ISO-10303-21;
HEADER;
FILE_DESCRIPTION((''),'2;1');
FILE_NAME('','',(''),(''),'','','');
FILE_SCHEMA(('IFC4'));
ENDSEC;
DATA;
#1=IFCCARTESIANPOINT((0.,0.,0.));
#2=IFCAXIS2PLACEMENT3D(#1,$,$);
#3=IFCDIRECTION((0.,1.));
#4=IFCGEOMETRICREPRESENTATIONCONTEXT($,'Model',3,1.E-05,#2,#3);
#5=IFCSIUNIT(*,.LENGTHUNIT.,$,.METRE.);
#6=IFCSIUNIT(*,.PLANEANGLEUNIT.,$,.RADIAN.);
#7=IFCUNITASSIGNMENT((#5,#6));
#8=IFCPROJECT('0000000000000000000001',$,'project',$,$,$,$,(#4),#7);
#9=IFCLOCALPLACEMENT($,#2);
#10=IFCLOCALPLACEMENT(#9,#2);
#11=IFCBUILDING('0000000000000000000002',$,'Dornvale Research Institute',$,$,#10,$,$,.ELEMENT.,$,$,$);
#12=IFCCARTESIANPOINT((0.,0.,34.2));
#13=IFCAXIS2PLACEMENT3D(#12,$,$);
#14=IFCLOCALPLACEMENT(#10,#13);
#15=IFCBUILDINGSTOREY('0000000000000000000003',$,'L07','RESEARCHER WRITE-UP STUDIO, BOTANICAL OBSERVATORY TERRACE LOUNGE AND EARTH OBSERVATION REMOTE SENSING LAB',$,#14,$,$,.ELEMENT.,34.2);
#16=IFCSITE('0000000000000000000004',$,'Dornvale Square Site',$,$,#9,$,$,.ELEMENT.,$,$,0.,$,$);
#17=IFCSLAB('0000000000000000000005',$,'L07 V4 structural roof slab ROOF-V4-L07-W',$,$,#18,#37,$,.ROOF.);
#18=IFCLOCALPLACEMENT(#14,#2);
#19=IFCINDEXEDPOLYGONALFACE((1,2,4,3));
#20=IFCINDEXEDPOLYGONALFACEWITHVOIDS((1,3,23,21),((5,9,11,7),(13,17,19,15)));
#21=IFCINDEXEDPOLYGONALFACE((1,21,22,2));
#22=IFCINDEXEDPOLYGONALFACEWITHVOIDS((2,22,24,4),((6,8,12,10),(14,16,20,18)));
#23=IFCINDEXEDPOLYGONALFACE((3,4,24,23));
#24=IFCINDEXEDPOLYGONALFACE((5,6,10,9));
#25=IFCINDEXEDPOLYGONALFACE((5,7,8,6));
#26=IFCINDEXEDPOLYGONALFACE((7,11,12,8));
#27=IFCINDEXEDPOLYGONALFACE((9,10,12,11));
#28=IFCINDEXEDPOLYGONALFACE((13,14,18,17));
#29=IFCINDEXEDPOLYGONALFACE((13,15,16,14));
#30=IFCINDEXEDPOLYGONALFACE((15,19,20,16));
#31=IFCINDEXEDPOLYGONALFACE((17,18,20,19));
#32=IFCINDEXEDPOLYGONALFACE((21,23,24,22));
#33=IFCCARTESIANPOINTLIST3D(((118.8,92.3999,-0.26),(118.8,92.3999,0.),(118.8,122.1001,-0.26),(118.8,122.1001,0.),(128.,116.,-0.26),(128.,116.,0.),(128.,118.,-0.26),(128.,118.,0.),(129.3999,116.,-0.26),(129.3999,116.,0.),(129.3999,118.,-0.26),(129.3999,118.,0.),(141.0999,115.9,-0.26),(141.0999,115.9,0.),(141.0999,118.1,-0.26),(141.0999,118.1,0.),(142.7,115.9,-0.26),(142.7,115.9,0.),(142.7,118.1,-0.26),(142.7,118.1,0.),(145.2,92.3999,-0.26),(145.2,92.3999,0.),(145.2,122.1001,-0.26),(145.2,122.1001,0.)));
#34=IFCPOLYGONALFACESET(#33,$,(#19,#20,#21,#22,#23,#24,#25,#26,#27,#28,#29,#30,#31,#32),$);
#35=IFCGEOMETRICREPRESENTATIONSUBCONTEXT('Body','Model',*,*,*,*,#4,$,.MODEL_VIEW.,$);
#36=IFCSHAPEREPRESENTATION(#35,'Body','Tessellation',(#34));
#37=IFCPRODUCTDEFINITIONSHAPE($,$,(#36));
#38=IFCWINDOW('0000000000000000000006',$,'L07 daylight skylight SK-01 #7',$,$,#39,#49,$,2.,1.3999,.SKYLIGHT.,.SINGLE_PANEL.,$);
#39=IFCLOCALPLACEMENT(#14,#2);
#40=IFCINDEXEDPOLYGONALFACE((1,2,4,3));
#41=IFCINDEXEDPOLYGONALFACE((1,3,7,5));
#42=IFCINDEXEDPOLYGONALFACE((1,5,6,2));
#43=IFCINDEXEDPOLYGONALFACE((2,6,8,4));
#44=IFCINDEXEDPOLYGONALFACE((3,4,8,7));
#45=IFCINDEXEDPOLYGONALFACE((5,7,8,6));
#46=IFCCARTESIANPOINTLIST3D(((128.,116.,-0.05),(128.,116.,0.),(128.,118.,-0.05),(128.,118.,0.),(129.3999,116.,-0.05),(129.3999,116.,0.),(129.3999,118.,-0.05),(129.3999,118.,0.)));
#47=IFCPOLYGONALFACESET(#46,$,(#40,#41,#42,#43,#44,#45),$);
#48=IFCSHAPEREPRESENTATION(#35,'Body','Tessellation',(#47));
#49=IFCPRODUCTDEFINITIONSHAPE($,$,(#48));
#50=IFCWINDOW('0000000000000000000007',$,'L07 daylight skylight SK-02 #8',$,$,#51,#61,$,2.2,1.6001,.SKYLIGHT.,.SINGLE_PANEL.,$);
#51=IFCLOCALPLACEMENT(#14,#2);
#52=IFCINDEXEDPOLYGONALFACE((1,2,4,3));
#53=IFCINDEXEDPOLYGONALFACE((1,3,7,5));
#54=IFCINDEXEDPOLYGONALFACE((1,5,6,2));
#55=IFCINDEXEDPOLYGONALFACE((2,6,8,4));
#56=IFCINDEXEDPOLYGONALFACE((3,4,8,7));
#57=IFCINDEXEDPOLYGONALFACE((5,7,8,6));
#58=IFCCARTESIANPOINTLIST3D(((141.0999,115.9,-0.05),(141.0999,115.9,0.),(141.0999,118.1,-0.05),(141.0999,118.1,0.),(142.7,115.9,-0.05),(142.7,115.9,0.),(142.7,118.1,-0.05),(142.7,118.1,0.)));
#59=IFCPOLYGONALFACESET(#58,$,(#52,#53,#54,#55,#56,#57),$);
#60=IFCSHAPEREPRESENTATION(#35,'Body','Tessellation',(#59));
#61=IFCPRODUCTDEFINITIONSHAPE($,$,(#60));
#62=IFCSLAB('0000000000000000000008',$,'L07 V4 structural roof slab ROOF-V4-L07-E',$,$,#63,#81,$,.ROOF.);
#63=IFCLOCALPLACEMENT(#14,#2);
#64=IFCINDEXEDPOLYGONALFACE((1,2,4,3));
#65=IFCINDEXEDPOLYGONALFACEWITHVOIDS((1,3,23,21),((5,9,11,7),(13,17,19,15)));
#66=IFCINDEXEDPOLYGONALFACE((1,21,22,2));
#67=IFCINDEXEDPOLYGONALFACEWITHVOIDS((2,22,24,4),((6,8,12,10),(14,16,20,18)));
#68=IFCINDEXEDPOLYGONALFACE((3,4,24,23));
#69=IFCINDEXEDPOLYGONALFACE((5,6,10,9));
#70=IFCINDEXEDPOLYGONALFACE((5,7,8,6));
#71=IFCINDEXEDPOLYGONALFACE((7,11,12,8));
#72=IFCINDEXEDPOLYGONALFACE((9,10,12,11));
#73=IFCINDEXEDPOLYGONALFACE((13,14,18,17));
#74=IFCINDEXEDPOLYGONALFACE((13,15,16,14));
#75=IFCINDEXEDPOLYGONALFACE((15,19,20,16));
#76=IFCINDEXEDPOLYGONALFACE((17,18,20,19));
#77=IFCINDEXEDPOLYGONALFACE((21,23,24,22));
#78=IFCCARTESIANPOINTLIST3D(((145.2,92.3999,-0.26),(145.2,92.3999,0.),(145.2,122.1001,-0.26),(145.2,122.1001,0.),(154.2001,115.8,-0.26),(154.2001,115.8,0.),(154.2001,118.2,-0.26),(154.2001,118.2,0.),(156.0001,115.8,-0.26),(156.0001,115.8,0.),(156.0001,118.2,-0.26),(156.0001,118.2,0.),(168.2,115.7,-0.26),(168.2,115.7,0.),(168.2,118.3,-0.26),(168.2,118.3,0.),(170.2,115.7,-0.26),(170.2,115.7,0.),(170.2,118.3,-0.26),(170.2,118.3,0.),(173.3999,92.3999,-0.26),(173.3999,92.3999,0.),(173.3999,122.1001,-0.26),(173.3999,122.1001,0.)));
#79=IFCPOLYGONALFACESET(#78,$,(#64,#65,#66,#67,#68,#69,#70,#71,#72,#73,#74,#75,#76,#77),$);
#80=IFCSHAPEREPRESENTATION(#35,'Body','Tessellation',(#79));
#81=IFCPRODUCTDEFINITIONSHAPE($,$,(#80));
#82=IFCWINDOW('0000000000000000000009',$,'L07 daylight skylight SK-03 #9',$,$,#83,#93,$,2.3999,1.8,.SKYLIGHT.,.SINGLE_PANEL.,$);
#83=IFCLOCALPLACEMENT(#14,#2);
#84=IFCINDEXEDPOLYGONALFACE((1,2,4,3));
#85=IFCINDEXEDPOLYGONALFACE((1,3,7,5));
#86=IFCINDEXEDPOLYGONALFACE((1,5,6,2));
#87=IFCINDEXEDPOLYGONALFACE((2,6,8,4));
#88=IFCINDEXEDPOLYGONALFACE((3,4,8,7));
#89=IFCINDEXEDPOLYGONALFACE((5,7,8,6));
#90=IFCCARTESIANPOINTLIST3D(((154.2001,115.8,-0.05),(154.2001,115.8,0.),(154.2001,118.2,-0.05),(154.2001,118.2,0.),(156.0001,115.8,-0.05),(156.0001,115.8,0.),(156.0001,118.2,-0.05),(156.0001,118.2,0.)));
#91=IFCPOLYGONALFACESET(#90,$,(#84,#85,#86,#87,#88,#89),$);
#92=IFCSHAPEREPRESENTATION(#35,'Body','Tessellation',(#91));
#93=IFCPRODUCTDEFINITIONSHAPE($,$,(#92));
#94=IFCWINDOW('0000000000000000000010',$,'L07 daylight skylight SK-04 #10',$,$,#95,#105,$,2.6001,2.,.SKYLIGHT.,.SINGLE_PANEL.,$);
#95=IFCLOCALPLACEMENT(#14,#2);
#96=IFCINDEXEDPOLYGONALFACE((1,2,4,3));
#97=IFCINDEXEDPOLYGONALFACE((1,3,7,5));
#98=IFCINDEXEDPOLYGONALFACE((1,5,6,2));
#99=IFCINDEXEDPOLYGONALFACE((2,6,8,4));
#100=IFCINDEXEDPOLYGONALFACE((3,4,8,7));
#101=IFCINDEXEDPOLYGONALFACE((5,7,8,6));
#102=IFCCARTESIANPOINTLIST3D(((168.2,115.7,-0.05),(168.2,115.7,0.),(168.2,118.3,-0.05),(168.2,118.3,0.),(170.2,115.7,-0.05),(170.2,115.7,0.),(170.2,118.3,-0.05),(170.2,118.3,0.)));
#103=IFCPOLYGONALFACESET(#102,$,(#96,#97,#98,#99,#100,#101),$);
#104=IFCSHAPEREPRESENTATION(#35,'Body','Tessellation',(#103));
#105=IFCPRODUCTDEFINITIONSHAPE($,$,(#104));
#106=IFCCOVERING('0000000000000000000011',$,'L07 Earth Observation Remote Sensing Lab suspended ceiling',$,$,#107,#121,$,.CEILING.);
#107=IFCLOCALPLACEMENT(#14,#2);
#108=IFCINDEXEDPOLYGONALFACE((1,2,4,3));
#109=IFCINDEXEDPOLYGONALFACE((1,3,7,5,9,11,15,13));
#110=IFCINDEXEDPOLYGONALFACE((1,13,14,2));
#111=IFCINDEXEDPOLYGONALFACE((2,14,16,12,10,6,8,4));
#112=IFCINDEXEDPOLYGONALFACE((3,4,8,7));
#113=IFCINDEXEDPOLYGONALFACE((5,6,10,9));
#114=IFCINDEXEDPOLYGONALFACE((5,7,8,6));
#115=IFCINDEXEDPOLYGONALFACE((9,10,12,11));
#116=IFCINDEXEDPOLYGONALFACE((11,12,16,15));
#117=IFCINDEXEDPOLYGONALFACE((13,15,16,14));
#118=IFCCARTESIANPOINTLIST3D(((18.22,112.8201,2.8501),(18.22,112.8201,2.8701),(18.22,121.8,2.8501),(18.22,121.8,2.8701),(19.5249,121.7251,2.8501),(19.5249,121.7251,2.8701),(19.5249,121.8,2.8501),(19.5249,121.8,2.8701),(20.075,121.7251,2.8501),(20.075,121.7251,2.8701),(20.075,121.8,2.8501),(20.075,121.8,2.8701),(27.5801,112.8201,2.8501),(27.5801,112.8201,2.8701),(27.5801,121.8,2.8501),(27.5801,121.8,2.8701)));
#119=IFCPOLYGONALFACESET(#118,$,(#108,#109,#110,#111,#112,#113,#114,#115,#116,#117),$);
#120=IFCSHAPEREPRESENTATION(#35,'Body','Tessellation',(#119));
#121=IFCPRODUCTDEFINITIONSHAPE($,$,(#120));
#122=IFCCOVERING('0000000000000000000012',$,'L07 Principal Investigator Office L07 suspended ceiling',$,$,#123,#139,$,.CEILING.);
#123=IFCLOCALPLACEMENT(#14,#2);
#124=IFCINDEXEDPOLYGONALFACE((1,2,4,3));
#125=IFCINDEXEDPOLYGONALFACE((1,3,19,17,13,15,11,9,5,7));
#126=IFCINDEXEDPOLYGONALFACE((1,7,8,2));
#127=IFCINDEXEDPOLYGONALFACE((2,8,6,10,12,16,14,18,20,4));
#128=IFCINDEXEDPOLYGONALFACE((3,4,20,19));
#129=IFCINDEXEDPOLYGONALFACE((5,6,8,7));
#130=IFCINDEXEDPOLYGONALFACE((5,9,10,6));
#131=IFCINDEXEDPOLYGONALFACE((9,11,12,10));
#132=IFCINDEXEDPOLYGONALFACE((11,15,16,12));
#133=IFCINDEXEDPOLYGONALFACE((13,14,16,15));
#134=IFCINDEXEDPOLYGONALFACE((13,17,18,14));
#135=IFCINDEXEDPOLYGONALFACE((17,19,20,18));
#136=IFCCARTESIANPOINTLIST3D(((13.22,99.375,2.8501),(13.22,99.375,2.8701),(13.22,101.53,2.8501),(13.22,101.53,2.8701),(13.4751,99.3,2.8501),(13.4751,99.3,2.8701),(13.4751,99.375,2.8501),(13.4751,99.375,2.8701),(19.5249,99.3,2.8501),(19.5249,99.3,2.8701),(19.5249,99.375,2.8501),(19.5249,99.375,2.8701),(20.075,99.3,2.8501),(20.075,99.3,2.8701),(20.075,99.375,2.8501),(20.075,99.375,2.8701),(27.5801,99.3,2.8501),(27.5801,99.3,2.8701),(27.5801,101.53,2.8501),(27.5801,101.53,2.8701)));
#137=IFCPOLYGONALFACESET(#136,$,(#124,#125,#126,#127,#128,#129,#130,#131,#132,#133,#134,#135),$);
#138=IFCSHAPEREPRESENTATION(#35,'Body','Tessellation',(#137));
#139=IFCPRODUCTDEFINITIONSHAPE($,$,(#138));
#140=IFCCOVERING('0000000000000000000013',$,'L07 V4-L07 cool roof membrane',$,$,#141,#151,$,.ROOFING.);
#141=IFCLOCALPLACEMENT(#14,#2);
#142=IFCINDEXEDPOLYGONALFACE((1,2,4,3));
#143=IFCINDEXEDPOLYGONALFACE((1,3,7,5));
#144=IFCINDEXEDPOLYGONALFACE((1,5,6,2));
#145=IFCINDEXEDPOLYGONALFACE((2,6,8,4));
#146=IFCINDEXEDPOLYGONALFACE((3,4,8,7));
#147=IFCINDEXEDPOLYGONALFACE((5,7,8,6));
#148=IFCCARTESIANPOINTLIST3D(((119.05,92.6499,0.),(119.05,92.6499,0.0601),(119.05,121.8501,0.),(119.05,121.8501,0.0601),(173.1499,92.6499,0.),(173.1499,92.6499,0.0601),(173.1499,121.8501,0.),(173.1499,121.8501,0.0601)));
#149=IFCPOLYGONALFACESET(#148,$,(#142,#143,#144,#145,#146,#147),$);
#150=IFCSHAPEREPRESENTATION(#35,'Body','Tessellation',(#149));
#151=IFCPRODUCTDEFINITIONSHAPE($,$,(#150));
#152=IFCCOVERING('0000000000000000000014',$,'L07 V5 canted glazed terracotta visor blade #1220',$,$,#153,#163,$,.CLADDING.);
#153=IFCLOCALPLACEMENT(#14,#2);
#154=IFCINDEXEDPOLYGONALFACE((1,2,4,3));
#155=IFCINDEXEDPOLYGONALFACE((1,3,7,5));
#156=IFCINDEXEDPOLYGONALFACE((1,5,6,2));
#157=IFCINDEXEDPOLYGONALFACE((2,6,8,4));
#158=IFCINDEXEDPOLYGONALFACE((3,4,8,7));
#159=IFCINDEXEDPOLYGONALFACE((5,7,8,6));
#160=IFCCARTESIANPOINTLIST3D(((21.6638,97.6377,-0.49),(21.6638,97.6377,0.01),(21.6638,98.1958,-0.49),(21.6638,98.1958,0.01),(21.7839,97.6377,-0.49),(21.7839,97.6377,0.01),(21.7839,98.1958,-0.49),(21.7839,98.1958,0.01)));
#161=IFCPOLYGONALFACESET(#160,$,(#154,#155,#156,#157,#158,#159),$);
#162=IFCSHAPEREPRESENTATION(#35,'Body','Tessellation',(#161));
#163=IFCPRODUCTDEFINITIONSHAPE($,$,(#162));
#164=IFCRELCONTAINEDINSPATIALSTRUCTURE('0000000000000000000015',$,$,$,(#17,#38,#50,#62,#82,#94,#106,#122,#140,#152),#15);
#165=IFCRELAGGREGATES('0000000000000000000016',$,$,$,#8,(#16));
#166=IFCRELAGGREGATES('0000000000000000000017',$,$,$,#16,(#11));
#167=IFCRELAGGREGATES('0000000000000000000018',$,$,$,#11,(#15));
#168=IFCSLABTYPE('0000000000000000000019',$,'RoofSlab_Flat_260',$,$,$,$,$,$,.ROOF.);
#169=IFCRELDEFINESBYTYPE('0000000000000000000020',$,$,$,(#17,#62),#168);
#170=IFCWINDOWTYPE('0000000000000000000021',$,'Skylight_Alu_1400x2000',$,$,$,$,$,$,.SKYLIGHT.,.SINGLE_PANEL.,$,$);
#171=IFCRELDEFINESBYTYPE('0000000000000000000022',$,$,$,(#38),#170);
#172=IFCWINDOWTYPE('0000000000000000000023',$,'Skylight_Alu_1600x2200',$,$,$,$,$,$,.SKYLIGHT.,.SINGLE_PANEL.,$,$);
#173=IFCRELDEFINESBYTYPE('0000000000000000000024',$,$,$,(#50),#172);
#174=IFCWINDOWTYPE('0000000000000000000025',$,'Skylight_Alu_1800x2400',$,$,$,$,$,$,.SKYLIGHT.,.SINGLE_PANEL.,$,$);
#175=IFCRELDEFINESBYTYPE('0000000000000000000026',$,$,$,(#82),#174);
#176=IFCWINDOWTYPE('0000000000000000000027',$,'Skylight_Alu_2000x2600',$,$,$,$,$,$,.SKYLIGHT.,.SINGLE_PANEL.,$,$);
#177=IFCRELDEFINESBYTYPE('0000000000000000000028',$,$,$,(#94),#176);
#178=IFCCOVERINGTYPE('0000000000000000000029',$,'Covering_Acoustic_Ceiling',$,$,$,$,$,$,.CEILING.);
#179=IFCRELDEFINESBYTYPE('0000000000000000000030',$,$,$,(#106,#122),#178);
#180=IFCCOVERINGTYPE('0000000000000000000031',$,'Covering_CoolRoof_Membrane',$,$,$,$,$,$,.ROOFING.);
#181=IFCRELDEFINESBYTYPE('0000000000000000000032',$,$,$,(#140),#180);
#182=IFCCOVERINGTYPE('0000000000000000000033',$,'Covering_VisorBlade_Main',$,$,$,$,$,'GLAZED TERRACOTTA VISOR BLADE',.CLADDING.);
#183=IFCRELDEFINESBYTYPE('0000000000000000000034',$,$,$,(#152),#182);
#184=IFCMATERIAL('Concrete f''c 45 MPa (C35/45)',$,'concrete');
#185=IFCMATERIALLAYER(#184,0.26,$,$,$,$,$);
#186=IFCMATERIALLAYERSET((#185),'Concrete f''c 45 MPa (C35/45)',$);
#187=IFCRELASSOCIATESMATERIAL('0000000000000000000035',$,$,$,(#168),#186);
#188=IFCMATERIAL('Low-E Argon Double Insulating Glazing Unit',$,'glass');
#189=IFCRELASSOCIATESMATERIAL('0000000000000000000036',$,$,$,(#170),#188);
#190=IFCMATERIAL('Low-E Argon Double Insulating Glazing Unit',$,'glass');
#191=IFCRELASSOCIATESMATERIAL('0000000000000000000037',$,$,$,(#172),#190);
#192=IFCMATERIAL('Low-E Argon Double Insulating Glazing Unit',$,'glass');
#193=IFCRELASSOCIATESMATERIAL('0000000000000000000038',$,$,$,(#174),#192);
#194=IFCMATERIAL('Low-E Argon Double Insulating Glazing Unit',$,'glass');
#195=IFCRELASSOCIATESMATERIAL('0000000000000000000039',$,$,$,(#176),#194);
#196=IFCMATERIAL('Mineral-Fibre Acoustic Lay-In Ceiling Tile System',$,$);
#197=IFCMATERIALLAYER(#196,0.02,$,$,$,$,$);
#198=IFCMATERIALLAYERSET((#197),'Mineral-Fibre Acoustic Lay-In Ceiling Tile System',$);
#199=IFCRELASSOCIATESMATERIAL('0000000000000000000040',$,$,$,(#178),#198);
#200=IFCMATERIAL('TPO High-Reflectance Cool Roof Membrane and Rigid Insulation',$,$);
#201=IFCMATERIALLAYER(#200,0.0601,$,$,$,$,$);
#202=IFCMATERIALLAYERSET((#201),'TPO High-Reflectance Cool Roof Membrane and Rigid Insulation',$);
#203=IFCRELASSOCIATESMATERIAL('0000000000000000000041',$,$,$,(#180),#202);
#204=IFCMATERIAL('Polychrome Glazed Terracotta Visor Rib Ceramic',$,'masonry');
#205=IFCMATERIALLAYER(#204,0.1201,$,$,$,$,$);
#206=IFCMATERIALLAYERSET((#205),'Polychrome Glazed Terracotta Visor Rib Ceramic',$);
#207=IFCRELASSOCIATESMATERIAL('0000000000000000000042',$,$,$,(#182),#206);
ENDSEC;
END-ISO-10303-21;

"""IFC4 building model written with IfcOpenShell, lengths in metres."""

from ifc_helpers import new_model, si_unit, direction, frame, origin, origin_2d, place, context, subcontext, project, spatial, polyline, rectangle, outline, extrude, material, layer, layer_set, type_object, element, fill, save


model = new_model("IFC4")

# Units and contexts
model_context = context("Model", 3, precision=1e-05, world=origin(), true_north=direction((0.0, 1.0)))
body_context = subcontext(model_context, "Body", "Model", "MODEL_VIEW")
ifc_project = project(units=[si_unit("LENGTHUNIT", "METRE"), si_unit("PLANEANGLEUNIT", "RADIAN")], contexts=[model_context])

# Site, building, storey
site_placement = place(None, origin())
site = spatial("IfcSite", under=ifc_project, at=site_placement, Name="Dornvale Square Site", CompositionType="ELEMENT", RefElevation=0.0)
building_placement = place(site_placement, origin())
building = spatial("IfcBuilding", under=site, at=building_placement, Name="Dornvale Research Institute", CompositionType="ELEMENT")
storey_placement = place(building_placement, frame((0.0, 0.0, 34.2)))
storey = spatial("IfcBuildingStorey", under=building, at=storey_placement, Name="L07", Description="RESEARCHER WRITE-UP STUDIO, BOTANICAL OBSERVATORY TERRACE LOUNGE AND EARTH OBSERVATION REMOTE SENSING LAB", CompositionType="ELEMENT", Elevation=34.2)

# Slabs, openings, windows
ifc_material_1 = material(Name="Concrete f'c 45 MPa (C35/45)", Category="concrete")
ifc_layer_1 = layer(ifc_material_1, 0.26)
ifc_layer_set_1 = layer_set([ifc_layer_1], Name="Concrete f'c 45 MPa (C35/45)")
slab_type_1 = type_object("IfcSlabType", Name="RoofSlab_Flat_260", PredefinedType="ROOF", material=ifc_layer_set_1)
slab_1_placement = place(storey_placement, frame((0.0, 0.0, -0.26)))
slab_1 = element("IfcSlab", 1, at=slab_1_placement, inside=storey, type_object=slab_type_1, Name="L07 V4 structural roof slab ROOF-V4-L07-W", PredefinedType="ROOF", context=body_context, shape_type="SweptSolid", body=[
    extrude(outline(polyline([(118.8, 92.3999), (145.2, 92.3999), (145.2, 122.1001), (118.8, 122.1001), (118.8, 92.3999)])), origin(), (0.0, 0.0, 1.0), 0.26),
])
opening_1_placement = place(slab_1_placement, frame((128.7, 117.0, 0.0)))
opening_1 = element("IfcOpeningElement", 2, at=opening_1_placement, cuts=slab_1, PredefinedType="OPENING", context=body_context, shape_type="SweptSolid", body=[
    extrude(rectangle(XDim=1.3999, YDim=2.0, at=origin_2d()), origin(), (0.0, 0.0, 1.0), 0.26),
])
opening_2_placement = place(slab_1_placement, frame((141.8999, 117.0, 0.0)))
opening_2 = element("IfcOpeningElement", 3, at=opening_2_placement, cuts=slab_1, PredefinedType="OPENING", context=body_context, shape_type="SweptSolid", body=[
    extrude(rectangle(XDim=1.6001, YDim=2.2, at=origin_2d()), origin(), (0.0, 0.0, 1.0), 0.26),
])
ifc_material_2 = material(Name="Low-E Argon Double Insulating Glazing Unit", Category="glass")
window_type_1 = type_object("IfcWindowType", Name="Skylight_Alu_1400x2000", PartitioningType="SINGLE_PANEL", PredefinedType="SKYLIGHT", material=ifc_material_2)
window_1_placement = place(opening_1_placement, frame((0.0, 0.0, 0.21)))
window_1 = element("IfcWindow", 4, at=window_1_placement, inside=storey, type_object=window_type_1, Name="L07 daylight skylight SK-01 #7", OverallHeight=2.0, OverallWidth=1.3999, PartitioningType="SINGLE_PANEL", PredefinedType="SKYLIGHT", context=body_context, shape_type="SweptSolid", body=[
    extrude(rectangle(XDim=1.3999, YDim=2.0, at=origin_2d()), origin(), (0.0, 0.0, 1.0), 0.05),
])
fill(opening_1, window_1)
ifc_material_3 = material(Name="Low-E Argon Double Insulating Glazing Unit", Category="glass")
window_type_2 = type_object("IfcWindowType", Name="Skylight_Alu_1600x2200", PartitioningType="SINGLE_PANEL", PredefinedType="SKYLIGHT", material=ifc_material_3)
window_2_placement = place(opening_2_placement, frame((0.0, 0.0, 0.21)))
window_2 = element("IfcWindow", 5, at=window_2_placement, inside=storey, type_object=window_type_2, Name="L07 daylight skylight SK-02 #8", OverallHeight=2.2, OverallWidth=1.6001, PartitioningType="SINGLE_PANEL", PredefinedType="SKYLIGHT", context=body_context, shape_type="SweptSolid", body=[
    extrude(rectangle(XDim=1.6001, YDim=2.2, at=origin_2d()), origin(), (0.0, 0.0, 1.0), 0.05),
])
fill(opening_2, window_2)
slab_2_placement = place(storey_placement, frame((0.0, 0.0, -0.26)))
slab_2 = element("IfcSlab", 6, at=slab_2_placement, inside=storey, type_object=slab_type_1, Name="L07 V4 structural roof slab ROOF-V4-L07-E", PredefinedType="ROOF", context=body_context, shape_type="SweptSolid", body=[
    extrude(outline(polyline([(145.2, 92.3999), (173.3999, 92.3999), (173.3999, 122.1001), (145.2, 122.1001), (145.2, 92.3999)])), origin(), (0.0, 0.0, 1.0), 0.26),
])
opening_3_placement = place(slab_2_placement, frame((155.1001, 117.0, 0.0)))
opening_3 = element("IfcOpeningElement", 7, at=opening_3_placement, cuts=slab_2, PredefinedType="OPENING", context=body_context, shape_type="SweptSolid", body=[
    extrude(rectangle(XDim=1.8, YDim=2.3999, at=origin_2d()), origin(), (0.0, 0.0, 1.0), 0.26),
])
opening_4_placement = place(slab_2_placement, frame((169.2, 117.0, 0.0)))
opening_4 = element("IfcOpeningElement", 8, at=opening_4_placement, cuts=slab_2, PredefinedType="OPENING", context=body_context, shape_type="SweptSolid", body=[
    extrude(rectangle(XDim=2.0, YDim=2.6001, at=origin_2d()), origin(), (0.0, 0.0, 1.0), 0.26),
])
ifc_material_4 = material(Name="Low-E Argon Double Insulating Glazing Unit", Category="glass")
window_type_3 = type_object("IfcWindowType", Name="Skylight_Alu_1800x2400", PartitioningType="SINGLE_PANEL", PredefinedType="SKYLIGHT", material=ifc_material_4)
window_3_placement = place(opening_3_placement, frame((0.0, 0.0, 0.21)))
window_3 = element("IfcWindow", 9, at=window_3_placement, inside=storey, type_object=window_type_3, Name="L07 daylight skylight SK-03 #9", OverallHeight=2.3999, OverallWidth=1.8, PartitioningType="SINGLE_PANEL", PredefinedType="SKYLIGHT", context=body_context, shape_type="SweptSolid", body=[
    extrude(rectangle(XDim=1.8, YDim=2.3999, at=origin_2d()), origin(), (0.0, 0.0, 1.0), 0.05),
])
fill(opening_3, window_3)
ifc_material_5 = material(Name="Low-E Argon Double Insulating Glazing Unit", Category="glass")
window_type_4 = type_object("IfcWindowType", Name="Skylight_Alu_2000x2600", PartitioningType="SINGLE_PANEL", PredefinedType="SKYLIGHT", material=ifc_material_5)
window_4_placement = place(opening_4_placement, frame((0.0, 0.0, 0.21)))
window_4 = element("IfcWindow", 10, at=window_4_placement, inside=storey, type_object=window_type_4, Name="L07 daylight skylight SK-04 #10", OverallHeight=2.6001, OverallWidth=2.0, PartitioningType="SINGLE_PANEL", PredefinedType="SKYLIGHT", context=body_context, shape_type="SweptSolid", body=[
    extrude(rectangle(XDim=2.0, YDim=2.6001, at=origin_2d()), origin(), (0.0, 0.0, 1.0), 0.05),
])
fill(opening_4, window_4)

# Coverings
ifc_material_6 = material(Name="Mineral-Fibre Acoustic Lay-In Ceiling Tile System")
ifc_layer_2 = layer(ifc_material_6, 0.02)
ifc_layer_set_2 = layer_set([ifc_layer_2], Name="Mineral-Fibre Acoustic Lay-In Ceiling Tile System")
covering_type_1 = type_object("IfcCoveringType", Name="Covering_Acoustic_Ceiling", PredefinedType="CEILING", material=ifc_layer_set_2)
covering_1_placement = place(storey_placement, frame((0.0, 0.0, 2.8501)))
element("IfcCovering", 11, at=covering_1_placement, inside=storey, type_object=covering_type_1, Name="L07 Earth Observation Remote Sensing Lab suspended ceiling", PredefinedType="CEILING", context=body_context, shape_type="SweptSolid", body=[
    extrude(outline(polyline([(27.5801, 112.8201), (18.22, 112.8201), (18.22, 121.8), (19.5249, 121.8), (19.5249, 121.7251), (20.075, 121.7251), (20.075, 121.8), (27.5801, 121.8), (27.5801, 112.8201)])), origin(), (0.0, 0.0, 1.0), 0.02),
])
covering_2_placement = place(storey_placement, frame((0.0, 0.0, 2.8501)))
element("IfcCovering", 12, at=covering_2_placement, inside=storey, type_object=covering_type_1, Name="L07 Principal Investigator Office L07 suspended ceiling", PredefinedType="CEILING", context=body_context, shape_type="SweptSolid", body=[
    extrude(outline(polyline([(13.22, 101.53), (27.5801, 101.53), (27.5801, 99.3), (20.075, 99.3), (20.075, 99.375), (19.5249, 99.375), (19.5249, 99.3), (13.4751, 99.3), (13.4751, 99.375), (13.22, 99.375), (13.22, 101.53)])), origin(), (0.0, 0.0, 1.0), 0.02),
])
ifc_material_7 = material(Name="TPO High-Reflectance Cool Roof Membrane and Rigid Insulation")
ifc_layer_3 = layer(ifc_material_7, 0.0601)
ifc_layer_set_3 = layer_set([ifc_layer_3], Name="TPO High-Reflectance Cool Roof Membrane and Rigid Insulation")
covering_type_2 = type_object("IfcCoveringType", Name="Covering_CoolRoof_Membrane", PredefinedType="ROOFING", material=ifc_layer_set_3)
covering_3_placement = place(storey_placement, origin())
element("IfcCovering", 13, at=covering_3_placement, inside=storey, type_object=covering_type_2, Name="L07 V4-L07 cool roof membrane", PredefinedType="ROOFING", context=body_context, shape_type="SweptSolid", body=[
    extrude(outline(polyline([(119.05, 92.6499), (173.1499, 92.6499), (173.1499, 121.8501), (119.05, 121.8501), (119.05, 92.6499)])), origin(), (0.0, 0.0, 1.0), 0.0601),
])
ifc_material_8 = material(Name="Polychrome Glazed Terracotta Visor Rib Ceramic", Category="masonry")
ifc_layer_4 = layer(ifc_material_8, 0.1201)
ifc_layer_set_4 = layer_set([ifc_layer_4], Name="Polychrome Glazed Terracotta Visor Rib Ceramic")
covering_type_3 = type_object("IfcCoveringType", Name="Covering_VisorBlade_Main", ElementType="GLAZED TERRACOTTA VISOR BLADE", PredefinedType="CLADDING", material=ifc_layer_set_4)
covering_4_placement = place(storey_placement, frame((21.7239, 97.9167, -0.49), z_axis=(0.0, 0.0, 1.0), x_axis=(0.0, 1.0, 0.0)))
element("IfcCovering", 14, at=covering_4_placement, inside=storey, type_object=covering_type_3, Name="L07 V5 canted glazed terracotta visor blade #1220", PredefinedType="CLADDING", context=body_context, shape_type="SweptSolid", body=[
    extrude(rectangle(XDim=0.5581, YDim=0.1201, at=origin_2d()), origin(), (0.0, 0.0, 1.0), 0.5),
])

save(model, "model.ifc")
